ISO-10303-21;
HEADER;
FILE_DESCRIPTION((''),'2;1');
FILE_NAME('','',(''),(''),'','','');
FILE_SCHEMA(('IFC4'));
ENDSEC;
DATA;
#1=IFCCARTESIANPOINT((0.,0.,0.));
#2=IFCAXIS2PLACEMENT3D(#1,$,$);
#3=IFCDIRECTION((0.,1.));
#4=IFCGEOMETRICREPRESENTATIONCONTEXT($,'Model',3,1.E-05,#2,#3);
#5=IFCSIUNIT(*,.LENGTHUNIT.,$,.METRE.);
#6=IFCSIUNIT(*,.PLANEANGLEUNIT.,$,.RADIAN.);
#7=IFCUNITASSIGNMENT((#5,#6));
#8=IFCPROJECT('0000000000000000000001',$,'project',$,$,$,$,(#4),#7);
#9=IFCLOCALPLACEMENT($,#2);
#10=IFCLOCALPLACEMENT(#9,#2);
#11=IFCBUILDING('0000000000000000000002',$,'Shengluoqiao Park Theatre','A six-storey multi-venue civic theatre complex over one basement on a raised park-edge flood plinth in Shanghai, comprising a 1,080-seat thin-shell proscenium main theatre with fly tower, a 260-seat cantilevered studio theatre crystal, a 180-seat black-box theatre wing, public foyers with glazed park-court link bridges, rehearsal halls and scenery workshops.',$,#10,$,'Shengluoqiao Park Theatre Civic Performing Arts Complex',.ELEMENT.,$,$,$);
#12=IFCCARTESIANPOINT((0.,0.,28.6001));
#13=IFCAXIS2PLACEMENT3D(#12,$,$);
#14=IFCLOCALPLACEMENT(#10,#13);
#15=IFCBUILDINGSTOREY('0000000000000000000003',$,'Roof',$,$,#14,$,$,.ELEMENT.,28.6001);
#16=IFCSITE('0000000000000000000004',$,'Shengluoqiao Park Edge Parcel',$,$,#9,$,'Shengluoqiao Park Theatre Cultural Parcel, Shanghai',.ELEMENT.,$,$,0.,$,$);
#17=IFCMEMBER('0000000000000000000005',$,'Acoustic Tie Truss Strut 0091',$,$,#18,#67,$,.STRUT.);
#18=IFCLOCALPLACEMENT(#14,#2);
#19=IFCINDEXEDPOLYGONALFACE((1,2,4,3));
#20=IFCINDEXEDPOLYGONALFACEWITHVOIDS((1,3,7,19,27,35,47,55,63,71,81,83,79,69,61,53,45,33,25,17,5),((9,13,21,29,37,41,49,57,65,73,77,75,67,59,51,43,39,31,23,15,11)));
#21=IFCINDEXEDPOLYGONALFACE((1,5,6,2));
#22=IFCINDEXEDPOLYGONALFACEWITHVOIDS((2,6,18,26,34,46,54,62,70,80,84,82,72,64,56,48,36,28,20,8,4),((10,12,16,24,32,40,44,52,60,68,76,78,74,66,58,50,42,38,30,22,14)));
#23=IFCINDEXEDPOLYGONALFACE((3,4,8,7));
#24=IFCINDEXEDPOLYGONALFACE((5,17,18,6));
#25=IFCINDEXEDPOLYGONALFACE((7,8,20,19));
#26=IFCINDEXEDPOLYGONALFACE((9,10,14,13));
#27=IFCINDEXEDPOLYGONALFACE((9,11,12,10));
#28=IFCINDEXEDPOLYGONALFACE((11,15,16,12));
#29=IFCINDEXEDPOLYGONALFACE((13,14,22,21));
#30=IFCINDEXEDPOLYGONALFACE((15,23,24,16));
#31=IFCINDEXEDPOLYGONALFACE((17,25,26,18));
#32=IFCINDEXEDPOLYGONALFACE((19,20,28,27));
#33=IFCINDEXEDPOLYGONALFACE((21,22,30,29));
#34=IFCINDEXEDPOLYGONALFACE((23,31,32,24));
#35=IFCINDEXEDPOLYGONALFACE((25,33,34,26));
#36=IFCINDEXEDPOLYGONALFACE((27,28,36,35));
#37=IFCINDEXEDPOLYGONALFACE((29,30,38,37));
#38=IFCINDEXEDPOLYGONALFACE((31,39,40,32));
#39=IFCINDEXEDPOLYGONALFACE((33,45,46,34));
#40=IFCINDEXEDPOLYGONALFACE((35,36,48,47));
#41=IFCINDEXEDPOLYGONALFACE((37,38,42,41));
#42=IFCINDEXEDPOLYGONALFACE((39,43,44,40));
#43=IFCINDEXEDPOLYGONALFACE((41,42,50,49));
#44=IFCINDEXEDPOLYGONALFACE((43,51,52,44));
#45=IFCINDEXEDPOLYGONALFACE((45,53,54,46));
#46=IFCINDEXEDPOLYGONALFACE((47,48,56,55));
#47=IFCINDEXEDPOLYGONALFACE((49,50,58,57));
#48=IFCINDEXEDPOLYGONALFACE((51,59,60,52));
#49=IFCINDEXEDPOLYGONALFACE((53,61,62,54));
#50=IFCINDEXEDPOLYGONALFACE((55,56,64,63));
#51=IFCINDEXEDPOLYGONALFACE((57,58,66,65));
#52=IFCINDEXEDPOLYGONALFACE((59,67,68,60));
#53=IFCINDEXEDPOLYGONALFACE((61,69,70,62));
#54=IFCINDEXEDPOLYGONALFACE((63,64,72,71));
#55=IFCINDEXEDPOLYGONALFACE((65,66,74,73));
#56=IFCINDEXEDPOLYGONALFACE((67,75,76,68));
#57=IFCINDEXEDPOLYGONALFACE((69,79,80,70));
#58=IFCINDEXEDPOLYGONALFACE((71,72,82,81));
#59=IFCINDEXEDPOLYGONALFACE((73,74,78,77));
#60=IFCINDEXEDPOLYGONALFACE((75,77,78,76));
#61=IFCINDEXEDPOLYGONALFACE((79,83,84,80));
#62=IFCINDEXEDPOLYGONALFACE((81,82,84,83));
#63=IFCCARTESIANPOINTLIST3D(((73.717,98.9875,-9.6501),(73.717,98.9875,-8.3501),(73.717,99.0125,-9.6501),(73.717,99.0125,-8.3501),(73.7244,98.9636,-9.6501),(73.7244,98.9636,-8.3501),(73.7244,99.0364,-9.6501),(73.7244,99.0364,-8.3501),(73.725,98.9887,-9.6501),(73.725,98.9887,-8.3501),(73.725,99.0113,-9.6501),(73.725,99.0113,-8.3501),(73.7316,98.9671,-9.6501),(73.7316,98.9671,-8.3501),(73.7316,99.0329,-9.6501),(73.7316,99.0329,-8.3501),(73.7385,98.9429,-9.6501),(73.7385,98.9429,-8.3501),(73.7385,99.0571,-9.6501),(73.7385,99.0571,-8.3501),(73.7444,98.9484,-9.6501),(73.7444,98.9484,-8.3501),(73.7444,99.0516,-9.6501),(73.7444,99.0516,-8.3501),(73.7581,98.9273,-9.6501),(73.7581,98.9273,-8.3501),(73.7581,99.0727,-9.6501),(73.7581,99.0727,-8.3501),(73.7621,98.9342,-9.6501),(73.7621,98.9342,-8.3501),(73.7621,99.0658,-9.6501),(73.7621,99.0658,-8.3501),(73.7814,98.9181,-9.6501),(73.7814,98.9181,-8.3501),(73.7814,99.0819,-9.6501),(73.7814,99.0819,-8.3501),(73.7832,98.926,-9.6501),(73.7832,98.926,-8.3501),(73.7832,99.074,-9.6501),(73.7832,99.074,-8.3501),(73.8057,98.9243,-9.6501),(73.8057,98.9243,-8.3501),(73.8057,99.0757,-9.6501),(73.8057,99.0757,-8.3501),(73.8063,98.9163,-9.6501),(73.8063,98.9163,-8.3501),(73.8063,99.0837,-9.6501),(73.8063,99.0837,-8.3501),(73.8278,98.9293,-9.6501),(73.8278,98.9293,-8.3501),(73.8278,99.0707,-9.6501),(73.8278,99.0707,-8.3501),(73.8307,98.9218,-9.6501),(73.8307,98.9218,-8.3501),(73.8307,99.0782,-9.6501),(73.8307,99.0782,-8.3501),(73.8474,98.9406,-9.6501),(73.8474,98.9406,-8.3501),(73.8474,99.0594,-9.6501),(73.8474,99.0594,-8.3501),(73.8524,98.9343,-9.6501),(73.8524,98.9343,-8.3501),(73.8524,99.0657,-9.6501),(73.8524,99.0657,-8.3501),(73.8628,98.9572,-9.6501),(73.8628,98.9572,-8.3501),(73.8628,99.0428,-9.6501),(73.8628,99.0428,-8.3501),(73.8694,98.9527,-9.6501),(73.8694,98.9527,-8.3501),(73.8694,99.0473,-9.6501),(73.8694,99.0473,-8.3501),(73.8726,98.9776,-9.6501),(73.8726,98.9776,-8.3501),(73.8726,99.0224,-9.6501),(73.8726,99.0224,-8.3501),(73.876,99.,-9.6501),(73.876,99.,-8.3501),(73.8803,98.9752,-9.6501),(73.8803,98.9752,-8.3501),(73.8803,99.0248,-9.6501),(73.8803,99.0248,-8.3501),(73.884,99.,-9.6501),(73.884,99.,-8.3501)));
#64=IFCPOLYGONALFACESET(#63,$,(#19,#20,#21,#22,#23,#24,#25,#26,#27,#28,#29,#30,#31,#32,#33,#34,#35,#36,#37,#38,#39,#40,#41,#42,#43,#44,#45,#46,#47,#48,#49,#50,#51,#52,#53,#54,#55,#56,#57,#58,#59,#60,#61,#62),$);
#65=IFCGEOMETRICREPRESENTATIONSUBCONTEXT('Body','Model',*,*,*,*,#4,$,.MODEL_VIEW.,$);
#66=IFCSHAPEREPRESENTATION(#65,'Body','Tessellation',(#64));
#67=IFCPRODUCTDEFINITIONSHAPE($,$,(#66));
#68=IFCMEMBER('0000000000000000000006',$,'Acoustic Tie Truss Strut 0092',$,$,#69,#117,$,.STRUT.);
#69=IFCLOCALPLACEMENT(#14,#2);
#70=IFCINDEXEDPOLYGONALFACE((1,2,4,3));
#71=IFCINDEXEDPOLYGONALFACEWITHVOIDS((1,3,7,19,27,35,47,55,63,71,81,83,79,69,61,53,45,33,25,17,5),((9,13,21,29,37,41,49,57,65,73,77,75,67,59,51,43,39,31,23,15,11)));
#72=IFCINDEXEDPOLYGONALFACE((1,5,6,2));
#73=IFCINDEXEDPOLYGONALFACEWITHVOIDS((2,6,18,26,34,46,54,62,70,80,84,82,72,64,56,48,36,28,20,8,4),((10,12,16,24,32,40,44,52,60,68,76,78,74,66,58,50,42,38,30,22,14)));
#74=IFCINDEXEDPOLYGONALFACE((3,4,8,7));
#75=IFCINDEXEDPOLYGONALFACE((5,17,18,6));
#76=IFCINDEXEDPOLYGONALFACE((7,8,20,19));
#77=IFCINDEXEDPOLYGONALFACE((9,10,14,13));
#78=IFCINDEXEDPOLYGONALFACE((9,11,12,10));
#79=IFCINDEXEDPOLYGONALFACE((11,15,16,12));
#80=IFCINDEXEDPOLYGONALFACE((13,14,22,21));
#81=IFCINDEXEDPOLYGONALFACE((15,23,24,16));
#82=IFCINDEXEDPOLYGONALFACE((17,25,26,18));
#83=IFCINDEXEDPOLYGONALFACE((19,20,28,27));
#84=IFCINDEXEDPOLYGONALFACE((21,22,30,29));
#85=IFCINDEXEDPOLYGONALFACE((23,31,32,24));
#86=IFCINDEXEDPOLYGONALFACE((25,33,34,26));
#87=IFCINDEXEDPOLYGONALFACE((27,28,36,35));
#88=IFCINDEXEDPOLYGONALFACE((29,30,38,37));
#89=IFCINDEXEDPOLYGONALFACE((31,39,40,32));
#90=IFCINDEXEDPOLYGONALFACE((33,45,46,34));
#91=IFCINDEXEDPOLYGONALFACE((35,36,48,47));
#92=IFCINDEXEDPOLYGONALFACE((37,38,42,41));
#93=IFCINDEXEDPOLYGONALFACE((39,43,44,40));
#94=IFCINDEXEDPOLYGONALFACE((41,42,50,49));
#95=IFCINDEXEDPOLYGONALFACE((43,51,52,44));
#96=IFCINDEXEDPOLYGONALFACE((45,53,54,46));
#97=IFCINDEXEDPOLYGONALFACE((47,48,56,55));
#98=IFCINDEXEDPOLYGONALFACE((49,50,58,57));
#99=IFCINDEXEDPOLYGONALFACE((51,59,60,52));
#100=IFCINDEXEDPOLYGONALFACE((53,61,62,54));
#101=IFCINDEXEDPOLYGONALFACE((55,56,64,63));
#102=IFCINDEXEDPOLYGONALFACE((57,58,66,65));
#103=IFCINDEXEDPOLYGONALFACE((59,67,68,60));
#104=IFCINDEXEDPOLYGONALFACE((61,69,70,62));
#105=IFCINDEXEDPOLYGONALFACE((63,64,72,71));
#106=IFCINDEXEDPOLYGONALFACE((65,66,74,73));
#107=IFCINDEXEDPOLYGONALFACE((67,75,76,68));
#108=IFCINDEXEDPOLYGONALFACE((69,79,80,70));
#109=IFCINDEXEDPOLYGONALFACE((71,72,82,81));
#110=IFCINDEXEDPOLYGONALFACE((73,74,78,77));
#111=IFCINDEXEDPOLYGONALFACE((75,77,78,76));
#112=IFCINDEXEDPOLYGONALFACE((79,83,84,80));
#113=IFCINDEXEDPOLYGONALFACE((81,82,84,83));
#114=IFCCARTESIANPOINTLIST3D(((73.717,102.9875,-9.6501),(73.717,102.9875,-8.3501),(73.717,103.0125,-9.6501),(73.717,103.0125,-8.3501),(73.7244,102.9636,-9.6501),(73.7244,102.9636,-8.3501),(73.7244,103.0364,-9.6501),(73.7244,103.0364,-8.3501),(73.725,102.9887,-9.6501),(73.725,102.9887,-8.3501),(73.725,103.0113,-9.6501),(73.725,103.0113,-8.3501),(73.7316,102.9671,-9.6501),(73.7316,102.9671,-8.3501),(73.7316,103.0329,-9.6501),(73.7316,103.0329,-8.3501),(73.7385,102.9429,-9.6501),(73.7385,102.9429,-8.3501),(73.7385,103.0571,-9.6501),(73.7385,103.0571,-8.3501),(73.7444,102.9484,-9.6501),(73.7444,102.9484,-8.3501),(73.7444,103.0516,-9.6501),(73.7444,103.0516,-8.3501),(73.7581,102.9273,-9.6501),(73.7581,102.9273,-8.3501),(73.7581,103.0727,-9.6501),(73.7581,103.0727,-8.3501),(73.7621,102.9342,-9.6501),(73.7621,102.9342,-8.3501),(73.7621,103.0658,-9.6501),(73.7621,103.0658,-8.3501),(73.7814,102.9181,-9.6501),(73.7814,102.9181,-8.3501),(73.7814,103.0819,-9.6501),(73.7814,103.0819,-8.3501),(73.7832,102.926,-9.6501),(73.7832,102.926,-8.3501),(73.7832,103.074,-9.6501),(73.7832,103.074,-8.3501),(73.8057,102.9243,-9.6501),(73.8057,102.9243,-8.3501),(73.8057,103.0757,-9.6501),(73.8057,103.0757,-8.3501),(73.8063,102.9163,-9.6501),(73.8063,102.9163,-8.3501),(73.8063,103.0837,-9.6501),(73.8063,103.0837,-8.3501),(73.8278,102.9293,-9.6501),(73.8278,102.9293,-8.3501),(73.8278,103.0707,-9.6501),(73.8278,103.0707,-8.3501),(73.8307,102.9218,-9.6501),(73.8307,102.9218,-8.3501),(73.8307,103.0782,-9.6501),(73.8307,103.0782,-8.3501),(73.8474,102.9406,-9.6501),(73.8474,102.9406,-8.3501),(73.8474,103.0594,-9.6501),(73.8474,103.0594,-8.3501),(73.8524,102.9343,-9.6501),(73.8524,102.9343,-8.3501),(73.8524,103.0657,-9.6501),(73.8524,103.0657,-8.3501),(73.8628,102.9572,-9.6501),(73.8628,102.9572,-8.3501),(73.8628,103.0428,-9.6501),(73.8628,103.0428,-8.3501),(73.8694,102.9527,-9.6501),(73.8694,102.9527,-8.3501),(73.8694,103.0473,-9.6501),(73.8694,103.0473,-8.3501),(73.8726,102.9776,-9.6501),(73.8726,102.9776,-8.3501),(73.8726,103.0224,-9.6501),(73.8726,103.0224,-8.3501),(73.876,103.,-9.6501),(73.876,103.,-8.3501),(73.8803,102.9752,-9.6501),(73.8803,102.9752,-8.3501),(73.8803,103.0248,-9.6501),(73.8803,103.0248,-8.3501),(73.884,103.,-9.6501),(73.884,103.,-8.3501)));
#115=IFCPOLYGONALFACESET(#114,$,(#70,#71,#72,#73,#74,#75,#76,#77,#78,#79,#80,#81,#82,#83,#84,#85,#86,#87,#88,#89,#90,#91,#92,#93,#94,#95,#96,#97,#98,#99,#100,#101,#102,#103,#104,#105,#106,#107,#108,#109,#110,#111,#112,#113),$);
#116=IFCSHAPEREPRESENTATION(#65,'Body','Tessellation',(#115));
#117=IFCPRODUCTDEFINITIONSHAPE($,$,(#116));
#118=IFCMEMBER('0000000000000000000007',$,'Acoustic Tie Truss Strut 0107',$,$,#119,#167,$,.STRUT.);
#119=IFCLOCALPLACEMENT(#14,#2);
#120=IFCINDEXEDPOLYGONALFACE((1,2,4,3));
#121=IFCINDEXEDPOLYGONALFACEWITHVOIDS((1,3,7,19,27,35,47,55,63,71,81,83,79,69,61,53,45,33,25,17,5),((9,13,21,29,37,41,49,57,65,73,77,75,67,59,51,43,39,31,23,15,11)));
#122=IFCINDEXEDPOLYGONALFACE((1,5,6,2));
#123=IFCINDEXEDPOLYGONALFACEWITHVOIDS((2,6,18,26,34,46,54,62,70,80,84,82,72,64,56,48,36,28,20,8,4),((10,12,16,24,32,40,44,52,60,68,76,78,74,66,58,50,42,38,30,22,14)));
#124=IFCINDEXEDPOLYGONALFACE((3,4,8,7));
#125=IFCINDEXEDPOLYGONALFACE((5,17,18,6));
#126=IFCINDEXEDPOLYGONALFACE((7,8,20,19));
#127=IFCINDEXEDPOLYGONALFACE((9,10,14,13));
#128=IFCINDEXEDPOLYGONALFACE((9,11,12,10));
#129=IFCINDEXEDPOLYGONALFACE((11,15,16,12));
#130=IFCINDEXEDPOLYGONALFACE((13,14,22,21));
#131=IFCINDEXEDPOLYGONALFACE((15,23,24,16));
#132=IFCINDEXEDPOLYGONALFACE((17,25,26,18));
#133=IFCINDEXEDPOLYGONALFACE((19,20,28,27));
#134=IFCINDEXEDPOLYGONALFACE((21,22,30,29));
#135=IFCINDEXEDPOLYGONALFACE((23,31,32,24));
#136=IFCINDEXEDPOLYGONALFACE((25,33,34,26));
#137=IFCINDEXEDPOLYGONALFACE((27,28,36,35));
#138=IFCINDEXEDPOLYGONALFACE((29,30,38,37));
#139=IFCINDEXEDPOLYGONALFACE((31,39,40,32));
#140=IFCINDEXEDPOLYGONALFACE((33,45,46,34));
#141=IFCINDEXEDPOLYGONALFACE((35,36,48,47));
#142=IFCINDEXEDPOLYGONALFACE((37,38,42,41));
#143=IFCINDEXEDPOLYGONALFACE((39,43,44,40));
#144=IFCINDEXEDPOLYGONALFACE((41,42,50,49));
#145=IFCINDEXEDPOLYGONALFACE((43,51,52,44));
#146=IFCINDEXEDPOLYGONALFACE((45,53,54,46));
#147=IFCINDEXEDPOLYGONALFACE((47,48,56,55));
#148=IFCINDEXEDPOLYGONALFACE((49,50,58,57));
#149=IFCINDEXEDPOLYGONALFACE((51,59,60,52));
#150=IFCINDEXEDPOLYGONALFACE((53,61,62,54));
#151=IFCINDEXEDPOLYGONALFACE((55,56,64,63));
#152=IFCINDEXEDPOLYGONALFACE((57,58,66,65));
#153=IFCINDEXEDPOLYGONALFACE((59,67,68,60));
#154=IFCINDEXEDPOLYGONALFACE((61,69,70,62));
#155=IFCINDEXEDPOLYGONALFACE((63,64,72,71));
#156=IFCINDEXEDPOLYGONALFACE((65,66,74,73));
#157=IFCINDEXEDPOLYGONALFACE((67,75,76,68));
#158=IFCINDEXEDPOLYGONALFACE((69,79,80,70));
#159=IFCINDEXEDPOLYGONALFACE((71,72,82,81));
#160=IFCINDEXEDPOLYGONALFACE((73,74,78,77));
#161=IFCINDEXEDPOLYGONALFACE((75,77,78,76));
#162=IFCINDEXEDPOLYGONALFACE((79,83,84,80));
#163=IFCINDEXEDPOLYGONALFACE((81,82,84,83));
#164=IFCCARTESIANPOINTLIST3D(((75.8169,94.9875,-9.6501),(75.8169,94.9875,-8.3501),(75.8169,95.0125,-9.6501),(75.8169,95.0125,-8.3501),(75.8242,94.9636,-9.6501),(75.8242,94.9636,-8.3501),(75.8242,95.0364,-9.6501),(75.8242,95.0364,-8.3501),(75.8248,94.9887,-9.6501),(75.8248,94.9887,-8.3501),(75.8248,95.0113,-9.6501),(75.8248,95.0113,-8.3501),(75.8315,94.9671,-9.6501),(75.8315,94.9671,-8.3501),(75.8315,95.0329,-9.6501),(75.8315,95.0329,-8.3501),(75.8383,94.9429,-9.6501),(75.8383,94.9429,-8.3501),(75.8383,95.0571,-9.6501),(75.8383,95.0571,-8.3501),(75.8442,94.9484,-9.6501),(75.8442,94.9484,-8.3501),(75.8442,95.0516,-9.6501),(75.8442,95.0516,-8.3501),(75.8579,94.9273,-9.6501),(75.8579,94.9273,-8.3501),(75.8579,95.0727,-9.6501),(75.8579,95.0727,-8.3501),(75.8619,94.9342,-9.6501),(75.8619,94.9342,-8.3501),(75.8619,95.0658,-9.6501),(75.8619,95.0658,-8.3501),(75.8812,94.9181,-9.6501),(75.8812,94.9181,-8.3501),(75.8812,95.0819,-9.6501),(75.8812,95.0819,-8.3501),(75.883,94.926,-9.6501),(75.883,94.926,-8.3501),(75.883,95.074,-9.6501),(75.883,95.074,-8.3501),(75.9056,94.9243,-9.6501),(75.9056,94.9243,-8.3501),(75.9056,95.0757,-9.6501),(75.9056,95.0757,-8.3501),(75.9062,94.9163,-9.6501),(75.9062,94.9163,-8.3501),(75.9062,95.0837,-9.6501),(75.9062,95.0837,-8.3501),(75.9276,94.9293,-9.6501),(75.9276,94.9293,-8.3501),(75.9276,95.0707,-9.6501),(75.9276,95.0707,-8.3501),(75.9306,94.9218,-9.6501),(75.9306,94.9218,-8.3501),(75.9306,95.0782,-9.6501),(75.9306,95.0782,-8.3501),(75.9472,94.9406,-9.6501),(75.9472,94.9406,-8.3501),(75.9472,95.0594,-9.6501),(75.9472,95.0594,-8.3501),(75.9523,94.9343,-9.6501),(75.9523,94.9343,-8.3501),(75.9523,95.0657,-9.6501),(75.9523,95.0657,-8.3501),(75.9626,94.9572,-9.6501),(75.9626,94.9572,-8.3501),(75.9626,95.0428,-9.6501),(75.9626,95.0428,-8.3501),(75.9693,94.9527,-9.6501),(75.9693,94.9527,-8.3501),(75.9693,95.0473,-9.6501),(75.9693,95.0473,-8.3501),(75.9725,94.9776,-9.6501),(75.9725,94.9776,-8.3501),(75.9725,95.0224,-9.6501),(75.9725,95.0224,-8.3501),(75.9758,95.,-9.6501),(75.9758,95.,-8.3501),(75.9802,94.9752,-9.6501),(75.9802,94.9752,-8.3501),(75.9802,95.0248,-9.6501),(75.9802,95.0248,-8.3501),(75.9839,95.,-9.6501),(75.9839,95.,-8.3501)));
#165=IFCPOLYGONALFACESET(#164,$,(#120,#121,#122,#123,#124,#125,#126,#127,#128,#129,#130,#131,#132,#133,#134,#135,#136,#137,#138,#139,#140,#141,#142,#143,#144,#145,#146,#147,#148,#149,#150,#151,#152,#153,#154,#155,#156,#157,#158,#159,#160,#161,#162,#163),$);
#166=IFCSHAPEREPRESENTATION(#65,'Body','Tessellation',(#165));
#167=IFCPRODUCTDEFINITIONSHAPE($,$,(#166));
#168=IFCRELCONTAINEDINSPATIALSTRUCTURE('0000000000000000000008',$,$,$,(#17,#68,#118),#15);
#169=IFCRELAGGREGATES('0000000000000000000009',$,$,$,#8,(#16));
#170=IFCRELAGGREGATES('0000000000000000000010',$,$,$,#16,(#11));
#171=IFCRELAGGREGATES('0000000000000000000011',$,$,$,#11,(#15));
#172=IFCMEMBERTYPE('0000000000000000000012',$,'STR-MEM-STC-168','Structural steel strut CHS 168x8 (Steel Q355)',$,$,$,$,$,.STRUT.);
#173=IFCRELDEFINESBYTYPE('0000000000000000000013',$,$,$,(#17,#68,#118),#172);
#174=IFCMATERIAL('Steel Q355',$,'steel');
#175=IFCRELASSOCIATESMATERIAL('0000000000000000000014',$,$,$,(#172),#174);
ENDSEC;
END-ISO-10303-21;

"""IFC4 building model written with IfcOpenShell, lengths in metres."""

from ifc_helpers import new_model, si_unit, direction, frame, origin, origin_2d, place, context, subcontext, project, spatial, hollow_circle, extrude, material, material_profile, profile_set, type_object, element, save


model = new_model("IFC4")

# Units and contexts
model_context = context("Model", 3, precision=1e-05, world=origin(), true_north=direction((0.0, 1.0)))
body_context = subcontext(model_context, "Body", "Model", "MODEL_VIEW")
ifc_project = project(units=[si_unit("LENGTHUNIT", "METRE"), si_unit("PLANEANGLEUNIT", "RADIAN")], contexts=[model_context])

# Site, building, storey
site_placement = place(None, origin())
site = spatial("IfcSite", under=ifc_project, at=site_placement, Name="Shengluoqiao Park Edge Parcel", LongName="Shengluoqiao Park Theatre Cultural Parcel, Shanghai", CompositionType="ELEMENT", RefElevation=0.0)
building_placement = place(site_placement, origin())
building = spatial("IfcBuilding", under=site, at=building_placement, Name="Shengluoqiao Park Theatre", Description="A six-storey multi-venue civic theatre complex over one basement on a raised park-edge flood plinth in Shanghai, comprising a 1,080-seat thin-shell proscenium main theatre with fly tower, a 260-seat cantilevered studio theatre crystal, a 180-seat black-box theatre wing, public foyers with glazed park-court link bridges, rehearsal halls and scenery workshops.", LongName="Shengluoqiao Park Theatre Civic Performing Arts Complex", CompositionType="ELEMENT")
storey_placement = place(building_placement, frame((0.0, 0.0, 28.6001)))
storey = spatial("IfcBuildingStorey", under=building, at=storey_placement, Name="Roof", CompositionType="ELEMENT", Elevation=28.6001)

# Shared definitions
ifc_material = material(Name="Steel Q355", Category="steel")

# Members
ifc_material_profile_1 = material_profile(ifc_material, hollow_circle(Radius=0.084, WallThickness=0.0081, at=origin_2d()), Name="CHS 168x8")
ifc_profile_set_1 = profile_set([ifc_material_profile_1], Name="Steel Q355")
member_type_1 = type_object("IfcMemberType", Name="STR-MEM-STC-168", Description="Structural steel strut CHS 168x8 (Steel Q355)", PredefinedType="STRUT", material=ifc_profile_set_1)
for number, where, z_axis, x_axis, name in (
    (1, (73.8, 99.0, -9.6501), (0.0, 0.0, 1.0), (1.0, 0.0, 0.0), "Acoustic Tie Truss Strut 0091"),
    (2, (73.8, 103.0, -9.6501), (0.0, 0.0, 1.0), (1.0, 0.0, 0.0), "Acoustic Tie Truss Strut 0092"),
    (3, (75.8999, 95.0, -9.6501), (0.0, 0.0, 1.0), (1.0, 0.0, 0.0), "Acoustic Tie Truss Strut 0107"),
):
    element("IfcMember", number, at=place(storey_placement, frame(where, z_axis=z_axis, x_axis=x_axis)), inside=storey, type_object=member_type_1, Name=name, PredefinedType="STRUT", context=body_context, shape_type="SweptSolid", body=[
        extrude(hollow_circle(Radius=0.084, WallThickness=0.0081, at=origin_2d()), origin(), (0.0, 0.0, 1.0), 1.3),
    ])

save(model, "model.ifc")
